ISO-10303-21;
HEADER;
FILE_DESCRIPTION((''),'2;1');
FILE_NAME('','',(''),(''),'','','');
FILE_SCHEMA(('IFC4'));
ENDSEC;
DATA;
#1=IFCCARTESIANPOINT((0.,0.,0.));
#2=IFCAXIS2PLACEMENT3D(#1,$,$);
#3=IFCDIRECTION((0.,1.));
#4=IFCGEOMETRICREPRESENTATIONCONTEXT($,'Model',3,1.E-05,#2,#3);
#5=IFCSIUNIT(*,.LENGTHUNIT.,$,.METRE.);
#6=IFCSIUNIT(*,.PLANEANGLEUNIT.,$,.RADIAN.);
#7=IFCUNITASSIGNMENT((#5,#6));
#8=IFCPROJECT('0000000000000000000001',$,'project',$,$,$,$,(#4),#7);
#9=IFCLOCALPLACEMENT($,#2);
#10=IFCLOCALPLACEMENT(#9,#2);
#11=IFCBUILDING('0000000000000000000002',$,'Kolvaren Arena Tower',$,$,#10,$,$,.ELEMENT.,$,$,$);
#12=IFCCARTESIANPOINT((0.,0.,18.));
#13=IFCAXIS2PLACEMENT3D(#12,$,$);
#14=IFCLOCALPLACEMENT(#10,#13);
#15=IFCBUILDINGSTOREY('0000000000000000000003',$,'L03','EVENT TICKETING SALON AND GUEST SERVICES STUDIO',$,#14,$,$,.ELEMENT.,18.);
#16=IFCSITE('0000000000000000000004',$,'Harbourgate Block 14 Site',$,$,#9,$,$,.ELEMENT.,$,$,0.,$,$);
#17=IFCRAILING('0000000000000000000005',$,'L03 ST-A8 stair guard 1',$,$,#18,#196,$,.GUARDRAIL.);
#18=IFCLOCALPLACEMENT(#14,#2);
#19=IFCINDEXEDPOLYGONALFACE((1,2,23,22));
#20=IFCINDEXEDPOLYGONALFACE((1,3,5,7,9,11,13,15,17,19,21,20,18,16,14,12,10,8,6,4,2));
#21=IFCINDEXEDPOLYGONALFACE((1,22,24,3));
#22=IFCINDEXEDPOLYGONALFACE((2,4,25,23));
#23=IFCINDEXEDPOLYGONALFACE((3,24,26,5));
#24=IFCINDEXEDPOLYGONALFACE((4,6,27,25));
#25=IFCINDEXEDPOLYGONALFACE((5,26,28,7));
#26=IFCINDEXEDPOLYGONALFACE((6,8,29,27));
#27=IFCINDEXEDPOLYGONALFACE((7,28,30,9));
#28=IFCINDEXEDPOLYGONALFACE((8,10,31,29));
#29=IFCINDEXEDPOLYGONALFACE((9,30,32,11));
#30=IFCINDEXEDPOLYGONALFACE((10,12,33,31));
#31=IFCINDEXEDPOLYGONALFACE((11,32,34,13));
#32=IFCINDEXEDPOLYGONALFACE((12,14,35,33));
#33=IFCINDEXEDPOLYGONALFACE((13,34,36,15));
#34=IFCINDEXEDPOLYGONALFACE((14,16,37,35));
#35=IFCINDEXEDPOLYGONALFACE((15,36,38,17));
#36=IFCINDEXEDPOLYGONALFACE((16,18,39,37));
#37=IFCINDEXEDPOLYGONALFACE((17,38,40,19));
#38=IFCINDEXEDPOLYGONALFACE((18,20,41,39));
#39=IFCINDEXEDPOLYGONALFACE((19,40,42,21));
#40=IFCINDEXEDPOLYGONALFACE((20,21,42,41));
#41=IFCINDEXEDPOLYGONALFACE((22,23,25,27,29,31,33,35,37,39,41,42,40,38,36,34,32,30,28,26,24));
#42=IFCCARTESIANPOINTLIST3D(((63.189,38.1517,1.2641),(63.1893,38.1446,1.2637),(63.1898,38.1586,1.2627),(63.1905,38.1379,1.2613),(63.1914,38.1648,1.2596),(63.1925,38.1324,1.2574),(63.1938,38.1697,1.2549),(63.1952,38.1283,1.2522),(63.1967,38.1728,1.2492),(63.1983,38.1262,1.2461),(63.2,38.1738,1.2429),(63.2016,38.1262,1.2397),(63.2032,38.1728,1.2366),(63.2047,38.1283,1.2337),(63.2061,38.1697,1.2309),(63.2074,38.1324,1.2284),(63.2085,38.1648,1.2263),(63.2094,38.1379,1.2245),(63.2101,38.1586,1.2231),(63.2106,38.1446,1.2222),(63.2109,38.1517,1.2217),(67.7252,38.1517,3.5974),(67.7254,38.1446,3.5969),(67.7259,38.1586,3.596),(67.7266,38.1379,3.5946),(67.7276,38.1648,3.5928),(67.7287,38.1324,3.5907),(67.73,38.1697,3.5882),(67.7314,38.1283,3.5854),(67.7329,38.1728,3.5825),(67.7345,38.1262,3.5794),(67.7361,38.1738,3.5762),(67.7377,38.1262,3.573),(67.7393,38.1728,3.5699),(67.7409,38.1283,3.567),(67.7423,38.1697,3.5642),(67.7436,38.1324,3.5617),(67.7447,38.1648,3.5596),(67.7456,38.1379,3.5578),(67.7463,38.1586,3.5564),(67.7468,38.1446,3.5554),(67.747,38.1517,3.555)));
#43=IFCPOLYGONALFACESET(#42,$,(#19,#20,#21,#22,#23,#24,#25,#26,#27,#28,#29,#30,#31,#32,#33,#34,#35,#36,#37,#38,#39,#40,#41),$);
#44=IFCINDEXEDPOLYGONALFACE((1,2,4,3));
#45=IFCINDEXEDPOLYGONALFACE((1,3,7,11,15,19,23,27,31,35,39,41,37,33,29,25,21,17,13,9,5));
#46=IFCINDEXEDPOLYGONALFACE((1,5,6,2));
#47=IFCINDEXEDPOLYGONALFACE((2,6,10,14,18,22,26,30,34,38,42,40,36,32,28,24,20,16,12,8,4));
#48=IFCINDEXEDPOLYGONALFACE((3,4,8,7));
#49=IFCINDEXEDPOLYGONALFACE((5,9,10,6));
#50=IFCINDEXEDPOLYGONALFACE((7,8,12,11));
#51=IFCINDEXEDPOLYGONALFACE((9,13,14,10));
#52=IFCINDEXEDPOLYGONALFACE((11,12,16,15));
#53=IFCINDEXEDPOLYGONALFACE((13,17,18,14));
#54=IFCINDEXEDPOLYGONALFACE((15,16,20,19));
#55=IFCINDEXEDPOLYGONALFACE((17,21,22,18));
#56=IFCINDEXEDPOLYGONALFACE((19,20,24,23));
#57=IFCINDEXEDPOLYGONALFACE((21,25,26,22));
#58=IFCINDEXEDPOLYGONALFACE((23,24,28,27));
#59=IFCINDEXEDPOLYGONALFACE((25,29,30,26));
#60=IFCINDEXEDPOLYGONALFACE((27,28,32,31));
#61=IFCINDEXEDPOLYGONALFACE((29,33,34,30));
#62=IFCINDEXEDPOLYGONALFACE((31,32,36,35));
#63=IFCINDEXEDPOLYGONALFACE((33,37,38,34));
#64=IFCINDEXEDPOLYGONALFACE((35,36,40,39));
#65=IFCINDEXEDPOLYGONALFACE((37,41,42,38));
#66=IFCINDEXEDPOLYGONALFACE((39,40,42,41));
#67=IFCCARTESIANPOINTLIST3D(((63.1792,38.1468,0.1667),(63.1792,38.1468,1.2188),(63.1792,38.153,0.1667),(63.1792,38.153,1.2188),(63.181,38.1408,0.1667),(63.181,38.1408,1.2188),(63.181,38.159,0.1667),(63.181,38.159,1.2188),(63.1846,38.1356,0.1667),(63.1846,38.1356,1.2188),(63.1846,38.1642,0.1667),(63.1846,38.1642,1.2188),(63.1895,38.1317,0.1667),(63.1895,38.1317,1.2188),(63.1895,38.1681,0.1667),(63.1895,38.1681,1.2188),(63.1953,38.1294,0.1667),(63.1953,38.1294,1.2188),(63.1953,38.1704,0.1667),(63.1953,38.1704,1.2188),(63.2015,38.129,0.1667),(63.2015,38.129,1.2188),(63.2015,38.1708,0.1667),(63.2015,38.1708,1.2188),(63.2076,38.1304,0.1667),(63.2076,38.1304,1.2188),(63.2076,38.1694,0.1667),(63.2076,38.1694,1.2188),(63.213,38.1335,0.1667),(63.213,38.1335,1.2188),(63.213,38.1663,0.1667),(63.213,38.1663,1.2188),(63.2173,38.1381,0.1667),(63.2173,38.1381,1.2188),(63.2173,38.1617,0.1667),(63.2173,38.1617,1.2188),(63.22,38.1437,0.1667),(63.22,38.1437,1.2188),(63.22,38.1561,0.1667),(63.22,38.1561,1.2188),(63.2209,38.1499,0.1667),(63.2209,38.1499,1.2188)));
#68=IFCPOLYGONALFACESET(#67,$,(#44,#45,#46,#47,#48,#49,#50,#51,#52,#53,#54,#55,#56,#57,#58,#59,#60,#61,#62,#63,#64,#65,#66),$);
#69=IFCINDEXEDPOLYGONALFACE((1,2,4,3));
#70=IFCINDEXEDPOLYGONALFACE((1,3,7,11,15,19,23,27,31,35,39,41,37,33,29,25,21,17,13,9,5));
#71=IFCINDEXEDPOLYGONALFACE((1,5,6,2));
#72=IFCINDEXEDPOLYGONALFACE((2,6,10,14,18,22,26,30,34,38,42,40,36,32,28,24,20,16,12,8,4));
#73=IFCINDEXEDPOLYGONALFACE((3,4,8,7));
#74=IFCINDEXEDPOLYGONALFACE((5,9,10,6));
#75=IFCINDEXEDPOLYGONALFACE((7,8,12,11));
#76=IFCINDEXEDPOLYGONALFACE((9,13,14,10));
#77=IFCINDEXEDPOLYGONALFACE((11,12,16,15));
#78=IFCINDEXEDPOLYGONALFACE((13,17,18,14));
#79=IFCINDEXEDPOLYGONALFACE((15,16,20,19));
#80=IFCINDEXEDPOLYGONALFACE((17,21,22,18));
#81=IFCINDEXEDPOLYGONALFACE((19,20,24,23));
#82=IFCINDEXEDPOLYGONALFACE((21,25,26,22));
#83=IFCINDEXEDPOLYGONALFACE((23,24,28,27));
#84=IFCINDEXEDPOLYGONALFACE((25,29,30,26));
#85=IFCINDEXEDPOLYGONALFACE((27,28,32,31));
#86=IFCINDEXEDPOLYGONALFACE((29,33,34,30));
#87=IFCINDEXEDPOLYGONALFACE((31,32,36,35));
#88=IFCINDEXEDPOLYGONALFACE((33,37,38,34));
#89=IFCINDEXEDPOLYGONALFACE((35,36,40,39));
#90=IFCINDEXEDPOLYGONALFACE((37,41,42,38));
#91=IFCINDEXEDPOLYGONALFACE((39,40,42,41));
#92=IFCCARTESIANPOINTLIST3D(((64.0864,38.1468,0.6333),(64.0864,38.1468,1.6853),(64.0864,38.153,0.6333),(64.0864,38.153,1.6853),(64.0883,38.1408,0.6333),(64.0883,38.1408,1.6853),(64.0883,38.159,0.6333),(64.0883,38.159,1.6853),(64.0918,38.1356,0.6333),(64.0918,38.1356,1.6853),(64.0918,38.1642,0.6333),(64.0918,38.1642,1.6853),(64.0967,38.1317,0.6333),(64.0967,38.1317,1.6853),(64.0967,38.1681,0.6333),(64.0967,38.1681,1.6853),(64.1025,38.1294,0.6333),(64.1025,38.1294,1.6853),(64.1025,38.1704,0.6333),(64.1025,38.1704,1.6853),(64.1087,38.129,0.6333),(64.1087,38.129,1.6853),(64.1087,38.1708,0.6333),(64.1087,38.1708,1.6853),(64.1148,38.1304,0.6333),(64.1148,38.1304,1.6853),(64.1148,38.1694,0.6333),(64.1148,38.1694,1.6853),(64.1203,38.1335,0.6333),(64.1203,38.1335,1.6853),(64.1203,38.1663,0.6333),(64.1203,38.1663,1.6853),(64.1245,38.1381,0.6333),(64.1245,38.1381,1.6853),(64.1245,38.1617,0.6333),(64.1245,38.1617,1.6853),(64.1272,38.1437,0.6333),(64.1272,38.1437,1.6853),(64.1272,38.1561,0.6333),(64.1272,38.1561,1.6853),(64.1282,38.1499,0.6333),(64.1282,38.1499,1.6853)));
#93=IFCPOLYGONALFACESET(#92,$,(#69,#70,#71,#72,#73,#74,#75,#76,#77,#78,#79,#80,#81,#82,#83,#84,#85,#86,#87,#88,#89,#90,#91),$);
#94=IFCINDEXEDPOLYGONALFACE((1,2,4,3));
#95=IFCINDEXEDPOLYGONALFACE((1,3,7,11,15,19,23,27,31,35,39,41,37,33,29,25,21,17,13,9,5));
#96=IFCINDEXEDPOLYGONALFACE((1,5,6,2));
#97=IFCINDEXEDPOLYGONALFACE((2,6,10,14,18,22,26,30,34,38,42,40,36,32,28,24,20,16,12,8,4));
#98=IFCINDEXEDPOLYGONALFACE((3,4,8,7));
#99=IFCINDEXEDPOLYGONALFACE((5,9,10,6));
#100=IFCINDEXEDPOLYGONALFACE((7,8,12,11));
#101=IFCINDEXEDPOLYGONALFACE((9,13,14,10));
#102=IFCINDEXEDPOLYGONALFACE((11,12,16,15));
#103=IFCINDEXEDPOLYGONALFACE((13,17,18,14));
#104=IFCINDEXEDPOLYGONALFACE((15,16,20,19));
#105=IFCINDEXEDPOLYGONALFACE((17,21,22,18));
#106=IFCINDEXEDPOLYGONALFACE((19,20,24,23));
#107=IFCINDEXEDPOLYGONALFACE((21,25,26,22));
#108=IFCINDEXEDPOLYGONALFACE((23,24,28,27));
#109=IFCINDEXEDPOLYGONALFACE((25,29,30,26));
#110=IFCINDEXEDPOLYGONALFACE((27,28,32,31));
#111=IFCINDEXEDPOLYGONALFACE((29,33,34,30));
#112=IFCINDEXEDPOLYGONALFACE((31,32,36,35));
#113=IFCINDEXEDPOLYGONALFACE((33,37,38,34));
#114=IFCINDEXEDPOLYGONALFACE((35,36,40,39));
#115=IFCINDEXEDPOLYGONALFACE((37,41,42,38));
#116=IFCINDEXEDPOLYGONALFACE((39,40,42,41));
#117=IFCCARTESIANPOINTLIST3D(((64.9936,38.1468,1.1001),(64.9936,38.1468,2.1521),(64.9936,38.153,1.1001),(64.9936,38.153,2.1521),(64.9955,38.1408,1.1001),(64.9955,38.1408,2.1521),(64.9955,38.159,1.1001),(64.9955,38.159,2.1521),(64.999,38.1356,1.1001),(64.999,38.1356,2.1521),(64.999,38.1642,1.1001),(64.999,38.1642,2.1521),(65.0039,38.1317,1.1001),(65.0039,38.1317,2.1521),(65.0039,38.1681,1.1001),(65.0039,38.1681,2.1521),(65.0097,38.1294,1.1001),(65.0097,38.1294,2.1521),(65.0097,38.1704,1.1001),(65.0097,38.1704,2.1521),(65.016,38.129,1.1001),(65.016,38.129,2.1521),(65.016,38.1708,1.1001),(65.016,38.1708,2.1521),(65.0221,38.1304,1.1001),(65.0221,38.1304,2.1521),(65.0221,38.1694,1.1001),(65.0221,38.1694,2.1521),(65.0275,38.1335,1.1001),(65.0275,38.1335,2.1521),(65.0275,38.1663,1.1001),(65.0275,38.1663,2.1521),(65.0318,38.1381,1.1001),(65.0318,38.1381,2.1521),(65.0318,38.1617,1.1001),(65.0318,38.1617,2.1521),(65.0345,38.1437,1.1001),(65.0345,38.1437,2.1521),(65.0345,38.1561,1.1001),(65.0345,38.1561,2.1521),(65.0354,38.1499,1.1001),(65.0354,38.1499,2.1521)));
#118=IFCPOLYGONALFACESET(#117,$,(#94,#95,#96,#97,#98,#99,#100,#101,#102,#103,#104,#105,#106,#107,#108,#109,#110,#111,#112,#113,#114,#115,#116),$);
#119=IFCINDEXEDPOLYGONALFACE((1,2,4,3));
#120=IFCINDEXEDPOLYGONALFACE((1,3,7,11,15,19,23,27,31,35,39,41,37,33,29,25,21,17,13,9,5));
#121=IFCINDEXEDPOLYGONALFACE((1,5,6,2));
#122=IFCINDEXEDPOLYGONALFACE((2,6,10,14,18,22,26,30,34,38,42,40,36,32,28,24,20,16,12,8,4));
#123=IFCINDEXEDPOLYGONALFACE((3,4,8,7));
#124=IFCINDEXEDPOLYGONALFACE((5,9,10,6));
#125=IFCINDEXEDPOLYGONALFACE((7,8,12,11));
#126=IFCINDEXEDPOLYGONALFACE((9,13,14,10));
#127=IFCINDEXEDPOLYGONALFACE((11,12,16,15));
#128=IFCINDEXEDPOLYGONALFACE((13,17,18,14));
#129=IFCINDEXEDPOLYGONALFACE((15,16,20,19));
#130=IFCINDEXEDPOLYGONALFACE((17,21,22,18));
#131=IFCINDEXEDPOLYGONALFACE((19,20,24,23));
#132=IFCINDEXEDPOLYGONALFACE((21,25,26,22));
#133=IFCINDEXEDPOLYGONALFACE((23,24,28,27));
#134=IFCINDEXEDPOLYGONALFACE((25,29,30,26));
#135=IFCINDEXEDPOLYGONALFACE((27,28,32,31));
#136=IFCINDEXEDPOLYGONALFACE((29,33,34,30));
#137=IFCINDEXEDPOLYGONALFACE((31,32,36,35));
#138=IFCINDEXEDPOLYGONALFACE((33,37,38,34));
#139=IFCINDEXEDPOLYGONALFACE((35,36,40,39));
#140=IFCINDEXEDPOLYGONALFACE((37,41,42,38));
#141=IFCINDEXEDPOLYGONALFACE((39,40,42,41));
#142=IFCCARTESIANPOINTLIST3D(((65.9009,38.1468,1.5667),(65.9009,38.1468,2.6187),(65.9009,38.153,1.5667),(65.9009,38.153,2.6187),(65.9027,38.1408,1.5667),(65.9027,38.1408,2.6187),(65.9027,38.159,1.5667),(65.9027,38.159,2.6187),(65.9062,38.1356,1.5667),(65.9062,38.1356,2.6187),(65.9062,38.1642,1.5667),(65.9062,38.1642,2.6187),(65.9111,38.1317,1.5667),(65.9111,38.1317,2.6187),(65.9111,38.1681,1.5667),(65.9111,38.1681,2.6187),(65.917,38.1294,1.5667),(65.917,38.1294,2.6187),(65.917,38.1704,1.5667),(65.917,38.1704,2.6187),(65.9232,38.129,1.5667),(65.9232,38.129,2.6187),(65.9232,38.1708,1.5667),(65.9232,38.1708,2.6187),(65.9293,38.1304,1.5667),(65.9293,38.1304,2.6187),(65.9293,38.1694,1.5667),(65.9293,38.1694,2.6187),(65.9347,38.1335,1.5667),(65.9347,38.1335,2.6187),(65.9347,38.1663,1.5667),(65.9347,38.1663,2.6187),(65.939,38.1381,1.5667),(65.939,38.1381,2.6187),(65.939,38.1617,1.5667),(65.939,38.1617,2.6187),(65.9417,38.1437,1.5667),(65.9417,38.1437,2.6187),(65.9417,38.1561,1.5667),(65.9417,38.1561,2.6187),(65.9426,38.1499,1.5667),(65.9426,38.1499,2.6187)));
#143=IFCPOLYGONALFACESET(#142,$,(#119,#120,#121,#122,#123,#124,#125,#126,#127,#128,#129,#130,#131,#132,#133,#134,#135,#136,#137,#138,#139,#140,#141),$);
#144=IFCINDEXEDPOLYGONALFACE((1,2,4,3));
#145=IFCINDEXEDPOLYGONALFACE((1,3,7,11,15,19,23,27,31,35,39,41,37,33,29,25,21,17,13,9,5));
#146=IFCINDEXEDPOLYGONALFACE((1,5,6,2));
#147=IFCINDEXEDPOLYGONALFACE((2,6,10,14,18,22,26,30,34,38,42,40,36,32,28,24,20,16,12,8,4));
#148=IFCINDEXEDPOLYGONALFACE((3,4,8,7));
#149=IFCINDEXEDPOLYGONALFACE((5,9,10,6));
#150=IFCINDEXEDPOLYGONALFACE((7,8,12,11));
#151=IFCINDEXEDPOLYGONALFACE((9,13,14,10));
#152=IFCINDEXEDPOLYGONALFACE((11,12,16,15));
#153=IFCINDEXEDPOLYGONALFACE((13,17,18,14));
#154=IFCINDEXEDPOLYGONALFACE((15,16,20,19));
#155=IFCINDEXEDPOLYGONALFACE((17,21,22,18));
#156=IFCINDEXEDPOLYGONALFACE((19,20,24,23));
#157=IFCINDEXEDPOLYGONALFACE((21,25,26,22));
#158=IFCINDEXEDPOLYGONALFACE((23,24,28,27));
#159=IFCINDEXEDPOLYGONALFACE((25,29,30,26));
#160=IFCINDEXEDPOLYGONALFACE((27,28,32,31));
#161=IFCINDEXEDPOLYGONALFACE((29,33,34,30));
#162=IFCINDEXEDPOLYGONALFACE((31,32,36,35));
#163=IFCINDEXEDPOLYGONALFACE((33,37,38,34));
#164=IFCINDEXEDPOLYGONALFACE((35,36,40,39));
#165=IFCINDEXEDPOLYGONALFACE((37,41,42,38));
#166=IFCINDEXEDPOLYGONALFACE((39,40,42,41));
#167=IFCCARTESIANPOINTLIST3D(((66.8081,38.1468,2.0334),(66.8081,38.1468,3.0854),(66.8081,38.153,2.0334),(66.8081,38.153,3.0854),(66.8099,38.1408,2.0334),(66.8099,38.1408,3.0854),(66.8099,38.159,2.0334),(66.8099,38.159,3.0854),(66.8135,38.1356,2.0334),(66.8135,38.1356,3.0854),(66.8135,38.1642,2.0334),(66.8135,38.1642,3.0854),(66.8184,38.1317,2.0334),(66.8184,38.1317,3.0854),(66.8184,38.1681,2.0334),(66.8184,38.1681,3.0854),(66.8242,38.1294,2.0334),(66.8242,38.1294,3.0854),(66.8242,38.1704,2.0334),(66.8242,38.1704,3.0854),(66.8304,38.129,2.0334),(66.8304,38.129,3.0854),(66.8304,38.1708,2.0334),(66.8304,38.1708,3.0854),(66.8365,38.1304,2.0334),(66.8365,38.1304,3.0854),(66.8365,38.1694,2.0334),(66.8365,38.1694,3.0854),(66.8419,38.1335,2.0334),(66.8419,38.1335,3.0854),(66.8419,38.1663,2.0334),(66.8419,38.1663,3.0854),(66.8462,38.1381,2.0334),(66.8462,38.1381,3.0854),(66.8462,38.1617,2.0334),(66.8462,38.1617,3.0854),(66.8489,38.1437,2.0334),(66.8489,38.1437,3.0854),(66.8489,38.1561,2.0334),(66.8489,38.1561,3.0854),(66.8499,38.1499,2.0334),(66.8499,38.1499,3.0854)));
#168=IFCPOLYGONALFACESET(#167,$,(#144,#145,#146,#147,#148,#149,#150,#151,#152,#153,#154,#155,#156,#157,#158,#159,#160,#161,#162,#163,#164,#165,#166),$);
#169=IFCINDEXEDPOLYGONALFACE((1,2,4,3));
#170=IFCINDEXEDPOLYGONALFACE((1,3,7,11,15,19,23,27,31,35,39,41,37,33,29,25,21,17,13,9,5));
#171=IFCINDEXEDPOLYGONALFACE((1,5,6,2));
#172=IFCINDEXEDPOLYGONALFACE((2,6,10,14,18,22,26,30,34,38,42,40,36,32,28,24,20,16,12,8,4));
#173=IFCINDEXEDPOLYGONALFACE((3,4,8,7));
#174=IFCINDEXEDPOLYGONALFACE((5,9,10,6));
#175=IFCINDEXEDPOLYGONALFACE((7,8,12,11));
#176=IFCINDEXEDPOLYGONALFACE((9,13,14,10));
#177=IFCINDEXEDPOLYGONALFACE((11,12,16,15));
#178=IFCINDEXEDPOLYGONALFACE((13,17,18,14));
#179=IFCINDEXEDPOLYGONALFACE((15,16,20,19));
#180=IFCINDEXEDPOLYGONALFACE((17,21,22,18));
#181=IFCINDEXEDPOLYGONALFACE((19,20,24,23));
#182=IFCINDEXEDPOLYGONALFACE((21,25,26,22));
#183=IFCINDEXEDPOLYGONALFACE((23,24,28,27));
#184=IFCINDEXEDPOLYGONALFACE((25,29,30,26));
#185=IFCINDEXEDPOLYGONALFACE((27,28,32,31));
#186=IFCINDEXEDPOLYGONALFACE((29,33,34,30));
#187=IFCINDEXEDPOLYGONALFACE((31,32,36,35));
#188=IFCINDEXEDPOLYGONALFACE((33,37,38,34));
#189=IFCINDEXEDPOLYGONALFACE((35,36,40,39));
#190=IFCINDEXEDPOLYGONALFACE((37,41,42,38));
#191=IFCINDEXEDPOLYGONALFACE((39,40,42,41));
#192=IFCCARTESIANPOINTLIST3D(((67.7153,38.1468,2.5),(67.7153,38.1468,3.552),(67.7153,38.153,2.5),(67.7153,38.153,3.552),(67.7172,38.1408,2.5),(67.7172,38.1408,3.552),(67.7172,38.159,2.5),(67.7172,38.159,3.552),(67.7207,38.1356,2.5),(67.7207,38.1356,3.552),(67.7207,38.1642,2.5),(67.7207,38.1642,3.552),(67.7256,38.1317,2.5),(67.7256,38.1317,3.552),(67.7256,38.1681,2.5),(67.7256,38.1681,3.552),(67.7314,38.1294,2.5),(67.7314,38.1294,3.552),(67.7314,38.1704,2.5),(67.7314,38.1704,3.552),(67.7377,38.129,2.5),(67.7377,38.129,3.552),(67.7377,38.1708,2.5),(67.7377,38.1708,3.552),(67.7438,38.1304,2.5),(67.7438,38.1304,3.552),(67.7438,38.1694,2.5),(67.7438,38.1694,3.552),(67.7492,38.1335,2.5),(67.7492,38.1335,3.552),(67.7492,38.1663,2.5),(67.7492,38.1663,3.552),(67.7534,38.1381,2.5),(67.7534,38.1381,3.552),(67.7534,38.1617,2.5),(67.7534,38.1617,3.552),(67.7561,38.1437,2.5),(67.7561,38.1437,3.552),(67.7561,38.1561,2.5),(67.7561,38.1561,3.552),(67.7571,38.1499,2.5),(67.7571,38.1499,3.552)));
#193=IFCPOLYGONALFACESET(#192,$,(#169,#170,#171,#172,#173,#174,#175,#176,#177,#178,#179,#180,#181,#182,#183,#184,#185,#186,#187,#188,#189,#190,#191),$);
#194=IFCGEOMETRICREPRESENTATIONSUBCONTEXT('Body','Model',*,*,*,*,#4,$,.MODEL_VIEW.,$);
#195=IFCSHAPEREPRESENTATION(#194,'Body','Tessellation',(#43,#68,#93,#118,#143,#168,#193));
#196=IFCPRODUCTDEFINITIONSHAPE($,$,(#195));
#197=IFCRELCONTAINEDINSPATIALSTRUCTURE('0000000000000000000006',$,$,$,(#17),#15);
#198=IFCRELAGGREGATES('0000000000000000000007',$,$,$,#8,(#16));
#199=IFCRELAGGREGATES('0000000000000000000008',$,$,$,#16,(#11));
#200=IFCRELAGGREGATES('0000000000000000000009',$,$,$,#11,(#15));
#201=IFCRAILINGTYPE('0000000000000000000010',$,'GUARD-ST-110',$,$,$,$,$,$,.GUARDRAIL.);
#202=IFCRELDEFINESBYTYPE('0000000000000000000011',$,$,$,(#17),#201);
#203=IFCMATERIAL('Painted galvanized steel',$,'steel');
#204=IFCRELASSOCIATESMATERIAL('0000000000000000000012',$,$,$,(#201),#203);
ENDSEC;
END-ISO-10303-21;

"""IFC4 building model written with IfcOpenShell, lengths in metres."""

from ifc_helpers import new_model, si_unit, direction, frame, origin, origin_2d, place, context, subcontext, project, spatial, circle, extrude, material, type_object, element, save


model = new_model("IFC4")

# Units and contexts
model_context = context("Model", 3, precision=1e-05, world=origin(), true_north=direction((0.0, 1.0)))
body_context = subcontext(model_context, "Body", "Model", "MODEL_VIEW")
ifc_project = project(units=[si_unit("LENGTHUNIT", "METRE"), si_unit("PLANEANGLEUNIT", "RADIAN")], contexts=[model_context])

# Site, building, storey
site_placement = place(None, origin())
site = spatial("IfcSite", under=ifc_project, at=site_placement, Name="Harbourgate Block 14 Site", CompositionType="ELEMENT", RefElevation=0.0)
building_placement = place(site_placement, origin())
building = spatial("IfcBuilding", under=site, at=building_placement, Name="Kolvaren Arena Tower", CompositionType="ELEMENT")
storey_placement = place(building_placement, frame((0.0, 0.0, 18.0)))
storey = spatial("IfcBuildingStorey", under=building, at=storey_placement, Name="L03", Description="EVENT TICKETING SALON AND GUEST SERVICES STUDIO", CompositionType="ELEMENT", Elevation=18.0)

# Railing
ifc_material_1 = material(Name="Painted galvanized steel", Category="steel")
railing_type_1 = type_object("IfcRailingType", Name="GUARD-ST-110", PredefinedType="GUARDRAIL", material=ifc_material_1)
railing_1_placement = place(storey_placement, frame((63.2, 38.1499, 0.1667)))
element("IfcRailing", 1, at=railing_1_placement, inside=storey, type_object=railing_type_1, Name="L03 ST-A8 stair guard 1", PredefinedType="GUARDRAIL", context=body_context, shape_type="SweptSolid", body=[
    extrude(circle(Radius=0.0239, at=origin_2d()), frame((0.0, 0.0, 1.0762), z_axis=(0.889257, 0.0, 0.457407), x_axis=(0.0, 1.0, 0.0)), (0.0, 0.0, 1.0), 5.1011),
    extrude(circle(Radius=0.021, at=origin_2d()), origin(), (0.0, 0.0, 1.0), 1.052),
    extrude(circle(Radius=0.021, at=origin_2d()), frame((0.9072, 0.0, 0.4666)), (0.0, 0.0, 1.0), 1.052),
    extrude(circle(Radius=0.021, at=origin_2d()), frame((1.8145, 0.0, 0.9333)), (0.0, 0.0, 1.0), 1.052),
    extrude(circle(Radius=0.021, at=origin_2d()), frame((2.7217, 0.0, 1.3999)), (0.0, 0.0, 1.0), 1.052),
    extrude(circle(Radius=0.021, at=origin_2d()), frame((3.6289, 0.0, 1.8667)), (0.0, 0.0, 1.0), 1.052),
    extrude(circle(Radius=0.021, at=origin_2d()), frame((4.5361, 0.0, 2.3333)), (0.0, 0.0, 1.0), 1.052),
])

save(model, "model.ifc")
